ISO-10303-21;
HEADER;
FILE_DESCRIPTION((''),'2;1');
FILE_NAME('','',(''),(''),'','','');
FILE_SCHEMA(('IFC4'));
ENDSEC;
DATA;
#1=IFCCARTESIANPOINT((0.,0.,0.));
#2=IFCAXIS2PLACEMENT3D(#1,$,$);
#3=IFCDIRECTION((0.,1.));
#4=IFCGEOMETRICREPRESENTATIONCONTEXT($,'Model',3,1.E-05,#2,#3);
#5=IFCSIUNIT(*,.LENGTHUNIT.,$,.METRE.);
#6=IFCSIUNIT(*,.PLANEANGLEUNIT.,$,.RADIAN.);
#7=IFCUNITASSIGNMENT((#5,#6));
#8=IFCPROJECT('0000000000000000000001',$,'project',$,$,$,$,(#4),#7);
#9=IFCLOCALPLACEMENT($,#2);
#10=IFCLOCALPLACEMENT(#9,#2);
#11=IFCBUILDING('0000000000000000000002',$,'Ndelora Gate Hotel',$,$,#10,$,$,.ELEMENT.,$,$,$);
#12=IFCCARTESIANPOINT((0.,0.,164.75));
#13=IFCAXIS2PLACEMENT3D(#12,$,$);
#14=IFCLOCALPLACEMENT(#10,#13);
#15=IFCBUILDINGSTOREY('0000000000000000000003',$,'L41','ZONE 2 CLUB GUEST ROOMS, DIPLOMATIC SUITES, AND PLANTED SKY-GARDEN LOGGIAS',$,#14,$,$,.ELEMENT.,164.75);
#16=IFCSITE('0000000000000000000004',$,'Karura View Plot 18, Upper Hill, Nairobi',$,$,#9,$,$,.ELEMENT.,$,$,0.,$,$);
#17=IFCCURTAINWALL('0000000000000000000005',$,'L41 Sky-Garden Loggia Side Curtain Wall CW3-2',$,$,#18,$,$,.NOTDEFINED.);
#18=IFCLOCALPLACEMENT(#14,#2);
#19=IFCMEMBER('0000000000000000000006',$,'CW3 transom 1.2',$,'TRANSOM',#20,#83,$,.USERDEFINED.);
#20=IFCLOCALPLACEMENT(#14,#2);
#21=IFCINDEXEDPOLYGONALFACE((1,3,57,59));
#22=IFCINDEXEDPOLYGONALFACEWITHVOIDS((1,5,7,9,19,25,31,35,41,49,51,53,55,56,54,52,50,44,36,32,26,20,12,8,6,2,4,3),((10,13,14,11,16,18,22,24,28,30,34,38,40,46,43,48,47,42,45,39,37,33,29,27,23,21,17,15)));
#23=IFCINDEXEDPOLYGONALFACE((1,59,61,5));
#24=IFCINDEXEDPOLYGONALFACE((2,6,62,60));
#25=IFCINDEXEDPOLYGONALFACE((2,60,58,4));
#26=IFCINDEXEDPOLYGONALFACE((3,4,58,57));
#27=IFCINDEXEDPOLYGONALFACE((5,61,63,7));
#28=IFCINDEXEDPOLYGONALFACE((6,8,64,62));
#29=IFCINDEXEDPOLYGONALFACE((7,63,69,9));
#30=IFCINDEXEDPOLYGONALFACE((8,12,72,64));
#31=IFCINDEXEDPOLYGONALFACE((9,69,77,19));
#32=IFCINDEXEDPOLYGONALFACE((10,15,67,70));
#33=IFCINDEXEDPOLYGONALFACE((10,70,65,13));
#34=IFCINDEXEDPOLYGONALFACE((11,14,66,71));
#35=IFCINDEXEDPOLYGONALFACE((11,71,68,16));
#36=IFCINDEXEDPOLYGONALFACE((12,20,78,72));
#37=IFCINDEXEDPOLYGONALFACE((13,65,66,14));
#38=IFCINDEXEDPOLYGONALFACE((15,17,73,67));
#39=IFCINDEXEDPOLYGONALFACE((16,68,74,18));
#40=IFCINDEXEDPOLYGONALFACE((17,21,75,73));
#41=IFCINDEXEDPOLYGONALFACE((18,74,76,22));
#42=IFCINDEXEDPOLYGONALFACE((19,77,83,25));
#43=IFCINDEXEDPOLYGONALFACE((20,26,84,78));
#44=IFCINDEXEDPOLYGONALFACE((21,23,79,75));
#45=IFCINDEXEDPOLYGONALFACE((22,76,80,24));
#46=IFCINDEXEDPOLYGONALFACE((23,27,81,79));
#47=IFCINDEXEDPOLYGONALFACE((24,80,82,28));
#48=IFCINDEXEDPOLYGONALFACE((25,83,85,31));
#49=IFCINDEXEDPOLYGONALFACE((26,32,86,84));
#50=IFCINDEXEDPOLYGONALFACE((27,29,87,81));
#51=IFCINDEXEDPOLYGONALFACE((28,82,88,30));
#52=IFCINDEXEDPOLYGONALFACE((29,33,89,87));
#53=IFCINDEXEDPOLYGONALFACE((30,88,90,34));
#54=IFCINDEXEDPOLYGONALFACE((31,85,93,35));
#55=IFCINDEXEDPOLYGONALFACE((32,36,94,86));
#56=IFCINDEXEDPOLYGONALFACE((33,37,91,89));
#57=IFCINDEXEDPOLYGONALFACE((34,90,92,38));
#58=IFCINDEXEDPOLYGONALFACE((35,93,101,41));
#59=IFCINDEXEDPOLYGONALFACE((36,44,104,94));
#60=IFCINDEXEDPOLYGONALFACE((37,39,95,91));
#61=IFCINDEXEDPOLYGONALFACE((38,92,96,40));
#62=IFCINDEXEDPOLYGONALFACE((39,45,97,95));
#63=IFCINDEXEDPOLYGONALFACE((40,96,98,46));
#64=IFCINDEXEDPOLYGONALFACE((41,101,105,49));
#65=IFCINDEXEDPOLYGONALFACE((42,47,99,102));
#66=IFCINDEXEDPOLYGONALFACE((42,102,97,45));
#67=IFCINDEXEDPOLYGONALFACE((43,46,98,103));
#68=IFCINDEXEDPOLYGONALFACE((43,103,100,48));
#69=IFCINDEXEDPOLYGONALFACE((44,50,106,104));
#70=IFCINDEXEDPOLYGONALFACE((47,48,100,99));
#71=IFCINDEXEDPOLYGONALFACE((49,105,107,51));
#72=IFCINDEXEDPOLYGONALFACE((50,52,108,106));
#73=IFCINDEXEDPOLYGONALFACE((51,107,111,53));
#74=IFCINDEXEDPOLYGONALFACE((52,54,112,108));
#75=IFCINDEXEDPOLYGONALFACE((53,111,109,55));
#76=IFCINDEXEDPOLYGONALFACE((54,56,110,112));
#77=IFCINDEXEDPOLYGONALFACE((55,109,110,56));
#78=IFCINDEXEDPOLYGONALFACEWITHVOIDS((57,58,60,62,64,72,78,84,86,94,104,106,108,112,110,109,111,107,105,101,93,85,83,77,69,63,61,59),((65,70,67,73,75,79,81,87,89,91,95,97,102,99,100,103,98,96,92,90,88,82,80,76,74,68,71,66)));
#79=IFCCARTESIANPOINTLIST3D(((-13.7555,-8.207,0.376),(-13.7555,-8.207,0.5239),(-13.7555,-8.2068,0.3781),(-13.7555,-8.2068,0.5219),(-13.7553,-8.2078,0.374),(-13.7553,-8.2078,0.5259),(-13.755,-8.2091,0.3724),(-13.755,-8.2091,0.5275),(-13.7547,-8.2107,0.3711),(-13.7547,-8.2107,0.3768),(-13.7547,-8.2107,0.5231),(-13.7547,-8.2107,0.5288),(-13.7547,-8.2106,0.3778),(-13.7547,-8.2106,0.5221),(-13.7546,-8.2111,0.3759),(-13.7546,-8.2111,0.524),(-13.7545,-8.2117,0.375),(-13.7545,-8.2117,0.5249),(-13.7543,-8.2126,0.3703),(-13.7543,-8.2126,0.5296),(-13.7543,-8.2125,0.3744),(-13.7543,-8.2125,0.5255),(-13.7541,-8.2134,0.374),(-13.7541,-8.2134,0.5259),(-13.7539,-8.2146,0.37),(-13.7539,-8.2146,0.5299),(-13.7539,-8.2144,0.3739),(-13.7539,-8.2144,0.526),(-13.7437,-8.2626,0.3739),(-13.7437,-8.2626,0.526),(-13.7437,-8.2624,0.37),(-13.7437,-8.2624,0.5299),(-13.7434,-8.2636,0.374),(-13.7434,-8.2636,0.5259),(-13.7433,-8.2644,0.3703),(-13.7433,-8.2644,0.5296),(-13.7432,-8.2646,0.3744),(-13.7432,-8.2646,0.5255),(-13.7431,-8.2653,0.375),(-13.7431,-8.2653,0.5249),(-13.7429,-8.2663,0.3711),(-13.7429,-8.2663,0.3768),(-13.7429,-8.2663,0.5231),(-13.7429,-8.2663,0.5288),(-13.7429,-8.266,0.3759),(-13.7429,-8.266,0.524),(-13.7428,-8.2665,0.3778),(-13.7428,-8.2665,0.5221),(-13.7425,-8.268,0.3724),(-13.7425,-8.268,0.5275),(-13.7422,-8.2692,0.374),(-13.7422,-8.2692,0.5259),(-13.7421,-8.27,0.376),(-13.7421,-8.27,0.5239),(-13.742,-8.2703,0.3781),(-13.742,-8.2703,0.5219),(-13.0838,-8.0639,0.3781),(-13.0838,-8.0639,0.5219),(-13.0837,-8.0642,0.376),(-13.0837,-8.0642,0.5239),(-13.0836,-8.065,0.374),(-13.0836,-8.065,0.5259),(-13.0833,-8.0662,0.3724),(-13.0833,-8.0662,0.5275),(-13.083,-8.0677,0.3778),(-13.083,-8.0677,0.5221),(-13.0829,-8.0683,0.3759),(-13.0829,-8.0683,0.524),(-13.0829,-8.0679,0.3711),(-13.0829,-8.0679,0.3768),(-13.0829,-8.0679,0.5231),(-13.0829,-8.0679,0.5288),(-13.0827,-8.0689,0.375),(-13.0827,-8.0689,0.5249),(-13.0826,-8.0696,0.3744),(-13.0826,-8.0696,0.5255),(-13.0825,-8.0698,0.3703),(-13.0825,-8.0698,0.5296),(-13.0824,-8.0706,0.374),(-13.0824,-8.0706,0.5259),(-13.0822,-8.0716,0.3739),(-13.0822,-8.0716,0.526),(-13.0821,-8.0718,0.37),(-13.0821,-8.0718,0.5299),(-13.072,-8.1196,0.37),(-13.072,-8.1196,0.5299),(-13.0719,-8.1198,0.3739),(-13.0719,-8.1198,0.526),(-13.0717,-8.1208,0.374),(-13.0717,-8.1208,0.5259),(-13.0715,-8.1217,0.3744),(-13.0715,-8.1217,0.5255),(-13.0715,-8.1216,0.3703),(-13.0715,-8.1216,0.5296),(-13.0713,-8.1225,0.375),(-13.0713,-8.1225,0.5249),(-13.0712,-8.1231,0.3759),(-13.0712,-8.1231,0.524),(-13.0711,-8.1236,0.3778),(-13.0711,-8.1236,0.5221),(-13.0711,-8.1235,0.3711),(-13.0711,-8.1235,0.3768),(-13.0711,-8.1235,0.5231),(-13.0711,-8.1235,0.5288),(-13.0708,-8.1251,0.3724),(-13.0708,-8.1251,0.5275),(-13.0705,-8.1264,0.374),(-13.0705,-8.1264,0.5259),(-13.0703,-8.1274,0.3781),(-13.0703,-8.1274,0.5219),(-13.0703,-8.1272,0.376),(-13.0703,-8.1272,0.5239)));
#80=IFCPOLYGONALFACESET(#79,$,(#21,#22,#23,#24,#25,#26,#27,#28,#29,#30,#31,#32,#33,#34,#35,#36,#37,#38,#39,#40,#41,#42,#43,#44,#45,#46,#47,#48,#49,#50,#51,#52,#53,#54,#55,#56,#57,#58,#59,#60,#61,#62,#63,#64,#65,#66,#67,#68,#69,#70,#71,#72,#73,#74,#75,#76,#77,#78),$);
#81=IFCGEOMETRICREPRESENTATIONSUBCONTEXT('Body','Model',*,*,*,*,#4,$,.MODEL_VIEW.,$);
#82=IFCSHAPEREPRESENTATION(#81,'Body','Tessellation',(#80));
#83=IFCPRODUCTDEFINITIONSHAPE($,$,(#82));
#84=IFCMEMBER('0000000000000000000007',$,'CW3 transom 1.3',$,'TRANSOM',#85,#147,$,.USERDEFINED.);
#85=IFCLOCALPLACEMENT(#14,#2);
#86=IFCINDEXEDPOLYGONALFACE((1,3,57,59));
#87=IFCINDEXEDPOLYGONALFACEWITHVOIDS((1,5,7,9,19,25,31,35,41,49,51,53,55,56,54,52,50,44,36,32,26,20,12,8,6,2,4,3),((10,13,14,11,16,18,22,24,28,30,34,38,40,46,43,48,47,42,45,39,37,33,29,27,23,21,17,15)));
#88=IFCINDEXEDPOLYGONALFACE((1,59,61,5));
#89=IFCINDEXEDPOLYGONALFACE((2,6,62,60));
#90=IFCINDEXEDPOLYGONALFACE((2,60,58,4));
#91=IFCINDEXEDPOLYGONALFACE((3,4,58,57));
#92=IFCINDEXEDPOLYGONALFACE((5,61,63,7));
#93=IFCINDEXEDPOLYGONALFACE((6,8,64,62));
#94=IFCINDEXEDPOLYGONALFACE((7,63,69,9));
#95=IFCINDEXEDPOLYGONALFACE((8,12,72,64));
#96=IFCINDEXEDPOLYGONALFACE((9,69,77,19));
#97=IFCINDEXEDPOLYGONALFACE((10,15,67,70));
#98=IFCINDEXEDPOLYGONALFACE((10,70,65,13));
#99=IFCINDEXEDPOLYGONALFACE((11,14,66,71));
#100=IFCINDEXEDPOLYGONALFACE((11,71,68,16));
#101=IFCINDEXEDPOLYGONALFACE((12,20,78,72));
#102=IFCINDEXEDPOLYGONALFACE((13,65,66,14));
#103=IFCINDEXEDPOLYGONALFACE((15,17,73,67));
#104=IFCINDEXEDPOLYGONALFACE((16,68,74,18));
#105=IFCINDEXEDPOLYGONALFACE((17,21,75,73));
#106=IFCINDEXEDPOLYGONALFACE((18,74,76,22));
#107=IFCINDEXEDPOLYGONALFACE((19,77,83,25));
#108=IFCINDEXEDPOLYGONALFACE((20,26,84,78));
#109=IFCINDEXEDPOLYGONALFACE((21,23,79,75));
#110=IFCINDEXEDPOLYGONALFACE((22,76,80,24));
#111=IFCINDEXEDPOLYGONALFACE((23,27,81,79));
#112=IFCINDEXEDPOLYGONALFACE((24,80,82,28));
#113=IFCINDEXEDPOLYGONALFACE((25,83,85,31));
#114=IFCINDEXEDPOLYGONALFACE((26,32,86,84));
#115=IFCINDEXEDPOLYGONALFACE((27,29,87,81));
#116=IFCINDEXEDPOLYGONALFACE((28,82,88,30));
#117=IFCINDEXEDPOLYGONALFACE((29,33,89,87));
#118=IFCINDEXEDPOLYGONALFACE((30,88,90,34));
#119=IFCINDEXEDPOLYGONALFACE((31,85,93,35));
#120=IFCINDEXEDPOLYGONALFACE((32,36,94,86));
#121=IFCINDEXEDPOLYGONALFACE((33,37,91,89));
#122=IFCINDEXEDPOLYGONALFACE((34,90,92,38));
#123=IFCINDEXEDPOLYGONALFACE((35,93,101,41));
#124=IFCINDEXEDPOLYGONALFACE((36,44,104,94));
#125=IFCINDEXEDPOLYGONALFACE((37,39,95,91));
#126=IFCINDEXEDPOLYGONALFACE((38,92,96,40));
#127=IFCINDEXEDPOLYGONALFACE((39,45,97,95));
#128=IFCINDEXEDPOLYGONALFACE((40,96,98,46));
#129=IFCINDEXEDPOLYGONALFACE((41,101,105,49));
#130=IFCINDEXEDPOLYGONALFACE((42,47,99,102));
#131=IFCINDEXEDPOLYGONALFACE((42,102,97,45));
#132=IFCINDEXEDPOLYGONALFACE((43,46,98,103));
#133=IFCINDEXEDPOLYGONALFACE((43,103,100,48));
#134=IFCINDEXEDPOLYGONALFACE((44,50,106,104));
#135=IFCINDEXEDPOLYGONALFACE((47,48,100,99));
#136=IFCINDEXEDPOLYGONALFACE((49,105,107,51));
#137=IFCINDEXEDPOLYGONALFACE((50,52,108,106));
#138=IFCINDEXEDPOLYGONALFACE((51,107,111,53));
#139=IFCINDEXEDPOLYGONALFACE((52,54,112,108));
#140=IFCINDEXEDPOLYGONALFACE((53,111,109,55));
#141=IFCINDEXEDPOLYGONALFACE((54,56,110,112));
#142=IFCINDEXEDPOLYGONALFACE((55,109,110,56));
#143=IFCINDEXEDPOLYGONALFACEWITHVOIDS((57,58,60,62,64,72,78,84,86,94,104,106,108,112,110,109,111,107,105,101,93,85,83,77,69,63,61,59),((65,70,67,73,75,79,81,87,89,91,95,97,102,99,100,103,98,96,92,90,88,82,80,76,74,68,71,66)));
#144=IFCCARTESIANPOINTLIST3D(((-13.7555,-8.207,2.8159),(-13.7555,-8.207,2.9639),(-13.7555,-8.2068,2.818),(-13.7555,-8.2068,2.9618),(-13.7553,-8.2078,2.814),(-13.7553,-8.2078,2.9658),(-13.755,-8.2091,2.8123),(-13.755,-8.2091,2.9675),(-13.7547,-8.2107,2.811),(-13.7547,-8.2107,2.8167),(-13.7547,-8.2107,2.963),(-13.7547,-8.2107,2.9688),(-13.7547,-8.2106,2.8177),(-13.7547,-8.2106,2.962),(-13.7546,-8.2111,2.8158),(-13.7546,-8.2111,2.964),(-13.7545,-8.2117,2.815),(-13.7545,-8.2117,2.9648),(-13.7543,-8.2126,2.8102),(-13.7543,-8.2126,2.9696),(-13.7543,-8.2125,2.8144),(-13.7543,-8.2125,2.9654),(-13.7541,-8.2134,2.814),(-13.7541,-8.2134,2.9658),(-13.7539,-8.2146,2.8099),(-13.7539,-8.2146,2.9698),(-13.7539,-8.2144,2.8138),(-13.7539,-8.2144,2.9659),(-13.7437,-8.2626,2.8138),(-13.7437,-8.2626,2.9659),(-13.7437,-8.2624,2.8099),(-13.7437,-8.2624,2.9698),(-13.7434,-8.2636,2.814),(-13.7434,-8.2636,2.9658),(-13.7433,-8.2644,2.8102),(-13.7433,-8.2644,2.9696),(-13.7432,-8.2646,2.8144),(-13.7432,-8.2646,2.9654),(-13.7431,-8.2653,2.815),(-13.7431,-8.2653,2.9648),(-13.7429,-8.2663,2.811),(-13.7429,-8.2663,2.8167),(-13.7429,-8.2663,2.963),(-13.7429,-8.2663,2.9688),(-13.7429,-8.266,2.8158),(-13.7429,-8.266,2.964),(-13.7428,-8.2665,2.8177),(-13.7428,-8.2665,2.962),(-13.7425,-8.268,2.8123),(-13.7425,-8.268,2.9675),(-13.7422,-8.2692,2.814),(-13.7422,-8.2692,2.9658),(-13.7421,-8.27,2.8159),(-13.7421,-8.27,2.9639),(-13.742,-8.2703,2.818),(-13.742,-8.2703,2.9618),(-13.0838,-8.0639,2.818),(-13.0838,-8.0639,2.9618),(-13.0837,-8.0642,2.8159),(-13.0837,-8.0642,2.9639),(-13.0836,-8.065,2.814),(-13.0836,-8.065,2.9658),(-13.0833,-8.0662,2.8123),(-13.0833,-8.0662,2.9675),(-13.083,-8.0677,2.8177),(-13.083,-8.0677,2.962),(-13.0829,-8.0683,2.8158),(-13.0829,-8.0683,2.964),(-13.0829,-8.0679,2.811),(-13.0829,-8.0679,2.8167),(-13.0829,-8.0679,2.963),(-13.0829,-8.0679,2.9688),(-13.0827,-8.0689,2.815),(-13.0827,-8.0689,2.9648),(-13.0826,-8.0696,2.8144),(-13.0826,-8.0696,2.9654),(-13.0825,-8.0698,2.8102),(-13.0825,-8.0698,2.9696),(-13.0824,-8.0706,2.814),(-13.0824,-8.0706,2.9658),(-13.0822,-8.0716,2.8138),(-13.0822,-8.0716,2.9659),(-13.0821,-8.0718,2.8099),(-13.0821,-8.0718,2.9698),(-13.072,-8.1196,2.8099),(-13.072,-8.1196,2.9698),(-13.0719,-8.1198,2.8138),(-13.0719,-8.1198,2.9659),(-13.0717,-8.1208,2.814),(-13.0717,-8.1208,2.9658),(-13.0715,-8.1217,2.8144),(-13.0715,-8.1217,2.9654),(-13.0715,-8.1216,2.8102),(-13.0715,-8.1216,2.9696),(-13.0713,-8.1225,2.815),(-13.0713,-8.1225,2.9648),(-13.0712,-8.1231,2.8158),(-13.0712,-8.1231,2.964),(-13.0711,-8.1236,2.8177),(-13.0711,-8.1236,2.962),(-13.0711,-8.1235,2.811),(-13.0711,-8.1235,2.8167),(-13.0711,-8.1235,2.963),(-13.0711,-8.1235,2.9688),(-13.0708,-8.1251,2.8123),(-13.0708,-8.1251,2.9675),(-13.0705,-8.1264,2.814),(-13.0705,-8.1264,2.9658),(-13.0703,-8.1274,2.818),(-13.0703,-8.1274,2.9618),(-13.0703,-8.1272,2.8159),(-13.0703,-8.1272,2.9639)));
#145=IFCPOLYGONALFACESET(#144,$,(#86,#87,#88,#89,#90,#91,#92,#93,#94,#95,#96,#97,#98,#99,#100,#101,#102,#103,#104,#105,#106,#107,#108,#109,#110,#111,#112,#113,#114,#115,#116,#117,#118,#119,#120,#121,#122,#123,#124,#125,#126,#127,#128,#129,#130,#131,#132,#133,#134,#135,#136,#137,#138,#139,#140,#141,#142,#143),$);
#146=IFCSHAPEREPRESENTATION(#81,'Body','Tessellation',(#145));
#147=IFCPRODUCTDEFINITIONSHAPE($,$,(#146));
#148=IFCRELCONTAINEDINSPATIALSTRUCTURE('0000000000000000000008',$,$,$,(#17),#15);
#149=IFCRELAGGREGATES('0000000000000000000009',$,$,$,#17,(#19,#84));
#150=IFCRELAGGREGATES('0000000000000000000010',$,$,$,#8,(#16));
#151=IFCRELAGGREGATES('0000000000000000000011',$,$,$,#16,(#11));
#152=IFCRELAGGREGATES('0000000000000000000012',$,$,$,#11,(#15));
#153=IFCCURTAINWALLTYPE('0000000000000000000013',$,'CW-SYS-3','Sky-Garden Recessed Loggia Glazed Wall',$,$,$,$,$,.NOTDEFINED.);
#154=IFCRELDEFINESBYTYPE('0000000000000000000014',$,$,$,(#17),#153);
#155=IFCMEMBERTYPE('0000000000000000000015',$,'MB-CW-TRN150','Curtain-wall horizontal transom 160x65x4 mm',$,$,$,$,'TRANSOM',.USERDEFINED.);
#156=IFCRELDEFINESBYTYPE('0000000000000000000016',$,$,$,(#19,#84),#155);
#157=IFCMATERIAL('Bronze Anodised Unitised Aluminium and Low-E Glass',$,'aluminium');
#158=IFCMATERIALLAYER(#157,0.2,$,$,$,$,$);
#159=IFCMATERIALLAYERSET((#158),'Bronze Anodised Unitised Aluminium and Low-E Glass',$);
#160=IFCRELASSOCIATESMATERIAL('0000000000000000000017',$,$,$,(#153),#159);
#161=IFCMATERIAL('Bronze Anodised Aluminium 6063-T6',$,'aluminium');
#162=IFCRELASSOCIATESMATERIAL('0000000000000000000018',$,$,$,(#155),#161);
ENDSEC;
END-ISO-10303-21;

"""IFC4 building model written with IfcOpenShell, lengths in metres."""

from ifc_helpers import new_model, si_unit, direction, frame, origin, origin_2d, place, context, subcontext, project, spatial, hollow_rectangle, extrude, material, layer, layer_set, material_profile, profile_set, type_object, element, aggregate, save


model = new_model("IFC4")

# Units and contexts
model_context = context("Model", 3, precision=1e-05, world=origin(), true_north=direction((0.0, 1.0)))
body_context = subcontext(model_context, "Body", "Model", "MODEL_VIEW")
ifc_project = project(units=[si_unit("LENGTHUNIT", "METRE"), si_unit("PLANEANGLEUNIT", "RADIAN")], contexts=[model_context])

# Site, building, storey
site_placement = place(None, origin())
site = spatial("IfcSite", under=ifc_project, at=site_placement, Name="Karura View Plot 18, Upper Hill, Nairobi", CompositionType="ELEMENT", RefElevation=0.0)
building_placement = place(site_placement, origin())
building = spatial("IfcBuilding", under=site, at=building_placement, Name="Ndelora Gate Hotel", CompositionType="ELEMENT")
storey_placement = place(building_placement, frame((0.0, 0.0, 164.75)))
storey = spatial("IfcBuildingStorey", under=building, at=storey_placement, Name="L41", Description="ZONE 2 CLUB GUEST ROOMS, DIPLOMATIC SUITES, AND PLANTED SKY-GARDEN LOGGIAS", CompositionType="ELEMENT", Elevation=164.75)

# Curtain wall, members
ifc_material_1 = material(Name="Bronze Anodised Unitised Aluminium and Low-E Glass", Category="aluminium")
ifc_layer_1 = layer(ifc_material_1, 0.2)
ifc_layer_set_1 = layer_set([ifc_layer_1], Name="Bronze Anodised Unitised Aluminium and Low-E Glass")
curtain_wall_type = type_object("IfcCurtainWallType", Name="CW-SYS-3", Description="Sky-Garden Recessed Loggia Glazed Wall", PredefinedType="NOTDEFINED", material=ifc_layer_set_1)
curtain_wall_placement = place(storey_placement, origin())
curtain_wall = element("IfcCurtainWall", 1, at=curtain_wall_placement, inside=storey, type_object=curtain_wall_type, Name="L41 Sky-Garden Loggia Side Curtain Wall CW3-2", PredefinedType="NOTDEFINED")
ifc_material_2 = material(Name="Bronze Anodised Aluminium 6063-T6", Category="aluminium")
ifc_material_profile_1 = material_profile(ifc_material_2, hollow_rectangle(XDim=0.0649, YDim=0.1599, WallThickness=0.0039, InnerFilletRadius=0.0039, OuterFilletRadius=0.0081, at=origin_2d()), Name="ALU 160x65x4")
ifc_profile_set_1 = profile_set([ifc_material_profile_1], Name="Bronze Anodised Aluminium 6063-T6")
member_type_1 = type_object("IfcMemberType", Name="MB-CW-TRN150", Description="Curtain-wall horizontal transom 160x65x4 mm", ElementType="TRANSOM", PredefinedType="USERDEFINED", material=ifc_profile_set_1)
member_1_placement = place(storey_placement, frame((-13.7488, -8.2385, 0.45), z_axis=(0.978129, 0.207999, 0.0), x_axis=(-0.207999, 0.978129, 0.0)))
member_1 = element("IfcMember", 2, at=member_1_placement, type_object=member_type_1, Name="CW3 transom 1.2", ObjectType="TRANSOM", PredefinedType="USERDEFINED", context=body_context, shape_type="SweptSolid", body=[
    extrude(hollow_rectangle(XDim=0.0649, YDim=0.1599, WallThickness=0.0039, InnerFilletRadius=0.0039, OuterFilletRadius=0.0081, at=origin_2d()), origin(), (0.0, 0.0, 1.0), 0.6868),
])
member_2_placement = place(storey_placement, frame((-13.7488, -8.2385, 2.8899), z_axis=(0.978129, 0.207999, 0.0), x_axis=(-0.207999, 0.978129, 0.0)))
member_2 = element("IfcMember", 3, at=member_2_placement, type_object=member_type_1, Name="CW3 transom 1.3", ObjectType="TRANSOM", PredefinedType="USERDEFINED", context=body_context, shape_type="SweptSolid", body=[
    extrude(hollow_rectangle(XDim=0.0649, YDim=0.1599, WallThickness=0.0039, InnerFilletRadius=0.0039, OuterFilletRadius=0.0081, at=origin_2d()), origin(), (0.0, 0.0, 1.0), 0.6868),
])
aggregate(curtain_wall, [member_1, member_2])

save(model, "model.ifc")
